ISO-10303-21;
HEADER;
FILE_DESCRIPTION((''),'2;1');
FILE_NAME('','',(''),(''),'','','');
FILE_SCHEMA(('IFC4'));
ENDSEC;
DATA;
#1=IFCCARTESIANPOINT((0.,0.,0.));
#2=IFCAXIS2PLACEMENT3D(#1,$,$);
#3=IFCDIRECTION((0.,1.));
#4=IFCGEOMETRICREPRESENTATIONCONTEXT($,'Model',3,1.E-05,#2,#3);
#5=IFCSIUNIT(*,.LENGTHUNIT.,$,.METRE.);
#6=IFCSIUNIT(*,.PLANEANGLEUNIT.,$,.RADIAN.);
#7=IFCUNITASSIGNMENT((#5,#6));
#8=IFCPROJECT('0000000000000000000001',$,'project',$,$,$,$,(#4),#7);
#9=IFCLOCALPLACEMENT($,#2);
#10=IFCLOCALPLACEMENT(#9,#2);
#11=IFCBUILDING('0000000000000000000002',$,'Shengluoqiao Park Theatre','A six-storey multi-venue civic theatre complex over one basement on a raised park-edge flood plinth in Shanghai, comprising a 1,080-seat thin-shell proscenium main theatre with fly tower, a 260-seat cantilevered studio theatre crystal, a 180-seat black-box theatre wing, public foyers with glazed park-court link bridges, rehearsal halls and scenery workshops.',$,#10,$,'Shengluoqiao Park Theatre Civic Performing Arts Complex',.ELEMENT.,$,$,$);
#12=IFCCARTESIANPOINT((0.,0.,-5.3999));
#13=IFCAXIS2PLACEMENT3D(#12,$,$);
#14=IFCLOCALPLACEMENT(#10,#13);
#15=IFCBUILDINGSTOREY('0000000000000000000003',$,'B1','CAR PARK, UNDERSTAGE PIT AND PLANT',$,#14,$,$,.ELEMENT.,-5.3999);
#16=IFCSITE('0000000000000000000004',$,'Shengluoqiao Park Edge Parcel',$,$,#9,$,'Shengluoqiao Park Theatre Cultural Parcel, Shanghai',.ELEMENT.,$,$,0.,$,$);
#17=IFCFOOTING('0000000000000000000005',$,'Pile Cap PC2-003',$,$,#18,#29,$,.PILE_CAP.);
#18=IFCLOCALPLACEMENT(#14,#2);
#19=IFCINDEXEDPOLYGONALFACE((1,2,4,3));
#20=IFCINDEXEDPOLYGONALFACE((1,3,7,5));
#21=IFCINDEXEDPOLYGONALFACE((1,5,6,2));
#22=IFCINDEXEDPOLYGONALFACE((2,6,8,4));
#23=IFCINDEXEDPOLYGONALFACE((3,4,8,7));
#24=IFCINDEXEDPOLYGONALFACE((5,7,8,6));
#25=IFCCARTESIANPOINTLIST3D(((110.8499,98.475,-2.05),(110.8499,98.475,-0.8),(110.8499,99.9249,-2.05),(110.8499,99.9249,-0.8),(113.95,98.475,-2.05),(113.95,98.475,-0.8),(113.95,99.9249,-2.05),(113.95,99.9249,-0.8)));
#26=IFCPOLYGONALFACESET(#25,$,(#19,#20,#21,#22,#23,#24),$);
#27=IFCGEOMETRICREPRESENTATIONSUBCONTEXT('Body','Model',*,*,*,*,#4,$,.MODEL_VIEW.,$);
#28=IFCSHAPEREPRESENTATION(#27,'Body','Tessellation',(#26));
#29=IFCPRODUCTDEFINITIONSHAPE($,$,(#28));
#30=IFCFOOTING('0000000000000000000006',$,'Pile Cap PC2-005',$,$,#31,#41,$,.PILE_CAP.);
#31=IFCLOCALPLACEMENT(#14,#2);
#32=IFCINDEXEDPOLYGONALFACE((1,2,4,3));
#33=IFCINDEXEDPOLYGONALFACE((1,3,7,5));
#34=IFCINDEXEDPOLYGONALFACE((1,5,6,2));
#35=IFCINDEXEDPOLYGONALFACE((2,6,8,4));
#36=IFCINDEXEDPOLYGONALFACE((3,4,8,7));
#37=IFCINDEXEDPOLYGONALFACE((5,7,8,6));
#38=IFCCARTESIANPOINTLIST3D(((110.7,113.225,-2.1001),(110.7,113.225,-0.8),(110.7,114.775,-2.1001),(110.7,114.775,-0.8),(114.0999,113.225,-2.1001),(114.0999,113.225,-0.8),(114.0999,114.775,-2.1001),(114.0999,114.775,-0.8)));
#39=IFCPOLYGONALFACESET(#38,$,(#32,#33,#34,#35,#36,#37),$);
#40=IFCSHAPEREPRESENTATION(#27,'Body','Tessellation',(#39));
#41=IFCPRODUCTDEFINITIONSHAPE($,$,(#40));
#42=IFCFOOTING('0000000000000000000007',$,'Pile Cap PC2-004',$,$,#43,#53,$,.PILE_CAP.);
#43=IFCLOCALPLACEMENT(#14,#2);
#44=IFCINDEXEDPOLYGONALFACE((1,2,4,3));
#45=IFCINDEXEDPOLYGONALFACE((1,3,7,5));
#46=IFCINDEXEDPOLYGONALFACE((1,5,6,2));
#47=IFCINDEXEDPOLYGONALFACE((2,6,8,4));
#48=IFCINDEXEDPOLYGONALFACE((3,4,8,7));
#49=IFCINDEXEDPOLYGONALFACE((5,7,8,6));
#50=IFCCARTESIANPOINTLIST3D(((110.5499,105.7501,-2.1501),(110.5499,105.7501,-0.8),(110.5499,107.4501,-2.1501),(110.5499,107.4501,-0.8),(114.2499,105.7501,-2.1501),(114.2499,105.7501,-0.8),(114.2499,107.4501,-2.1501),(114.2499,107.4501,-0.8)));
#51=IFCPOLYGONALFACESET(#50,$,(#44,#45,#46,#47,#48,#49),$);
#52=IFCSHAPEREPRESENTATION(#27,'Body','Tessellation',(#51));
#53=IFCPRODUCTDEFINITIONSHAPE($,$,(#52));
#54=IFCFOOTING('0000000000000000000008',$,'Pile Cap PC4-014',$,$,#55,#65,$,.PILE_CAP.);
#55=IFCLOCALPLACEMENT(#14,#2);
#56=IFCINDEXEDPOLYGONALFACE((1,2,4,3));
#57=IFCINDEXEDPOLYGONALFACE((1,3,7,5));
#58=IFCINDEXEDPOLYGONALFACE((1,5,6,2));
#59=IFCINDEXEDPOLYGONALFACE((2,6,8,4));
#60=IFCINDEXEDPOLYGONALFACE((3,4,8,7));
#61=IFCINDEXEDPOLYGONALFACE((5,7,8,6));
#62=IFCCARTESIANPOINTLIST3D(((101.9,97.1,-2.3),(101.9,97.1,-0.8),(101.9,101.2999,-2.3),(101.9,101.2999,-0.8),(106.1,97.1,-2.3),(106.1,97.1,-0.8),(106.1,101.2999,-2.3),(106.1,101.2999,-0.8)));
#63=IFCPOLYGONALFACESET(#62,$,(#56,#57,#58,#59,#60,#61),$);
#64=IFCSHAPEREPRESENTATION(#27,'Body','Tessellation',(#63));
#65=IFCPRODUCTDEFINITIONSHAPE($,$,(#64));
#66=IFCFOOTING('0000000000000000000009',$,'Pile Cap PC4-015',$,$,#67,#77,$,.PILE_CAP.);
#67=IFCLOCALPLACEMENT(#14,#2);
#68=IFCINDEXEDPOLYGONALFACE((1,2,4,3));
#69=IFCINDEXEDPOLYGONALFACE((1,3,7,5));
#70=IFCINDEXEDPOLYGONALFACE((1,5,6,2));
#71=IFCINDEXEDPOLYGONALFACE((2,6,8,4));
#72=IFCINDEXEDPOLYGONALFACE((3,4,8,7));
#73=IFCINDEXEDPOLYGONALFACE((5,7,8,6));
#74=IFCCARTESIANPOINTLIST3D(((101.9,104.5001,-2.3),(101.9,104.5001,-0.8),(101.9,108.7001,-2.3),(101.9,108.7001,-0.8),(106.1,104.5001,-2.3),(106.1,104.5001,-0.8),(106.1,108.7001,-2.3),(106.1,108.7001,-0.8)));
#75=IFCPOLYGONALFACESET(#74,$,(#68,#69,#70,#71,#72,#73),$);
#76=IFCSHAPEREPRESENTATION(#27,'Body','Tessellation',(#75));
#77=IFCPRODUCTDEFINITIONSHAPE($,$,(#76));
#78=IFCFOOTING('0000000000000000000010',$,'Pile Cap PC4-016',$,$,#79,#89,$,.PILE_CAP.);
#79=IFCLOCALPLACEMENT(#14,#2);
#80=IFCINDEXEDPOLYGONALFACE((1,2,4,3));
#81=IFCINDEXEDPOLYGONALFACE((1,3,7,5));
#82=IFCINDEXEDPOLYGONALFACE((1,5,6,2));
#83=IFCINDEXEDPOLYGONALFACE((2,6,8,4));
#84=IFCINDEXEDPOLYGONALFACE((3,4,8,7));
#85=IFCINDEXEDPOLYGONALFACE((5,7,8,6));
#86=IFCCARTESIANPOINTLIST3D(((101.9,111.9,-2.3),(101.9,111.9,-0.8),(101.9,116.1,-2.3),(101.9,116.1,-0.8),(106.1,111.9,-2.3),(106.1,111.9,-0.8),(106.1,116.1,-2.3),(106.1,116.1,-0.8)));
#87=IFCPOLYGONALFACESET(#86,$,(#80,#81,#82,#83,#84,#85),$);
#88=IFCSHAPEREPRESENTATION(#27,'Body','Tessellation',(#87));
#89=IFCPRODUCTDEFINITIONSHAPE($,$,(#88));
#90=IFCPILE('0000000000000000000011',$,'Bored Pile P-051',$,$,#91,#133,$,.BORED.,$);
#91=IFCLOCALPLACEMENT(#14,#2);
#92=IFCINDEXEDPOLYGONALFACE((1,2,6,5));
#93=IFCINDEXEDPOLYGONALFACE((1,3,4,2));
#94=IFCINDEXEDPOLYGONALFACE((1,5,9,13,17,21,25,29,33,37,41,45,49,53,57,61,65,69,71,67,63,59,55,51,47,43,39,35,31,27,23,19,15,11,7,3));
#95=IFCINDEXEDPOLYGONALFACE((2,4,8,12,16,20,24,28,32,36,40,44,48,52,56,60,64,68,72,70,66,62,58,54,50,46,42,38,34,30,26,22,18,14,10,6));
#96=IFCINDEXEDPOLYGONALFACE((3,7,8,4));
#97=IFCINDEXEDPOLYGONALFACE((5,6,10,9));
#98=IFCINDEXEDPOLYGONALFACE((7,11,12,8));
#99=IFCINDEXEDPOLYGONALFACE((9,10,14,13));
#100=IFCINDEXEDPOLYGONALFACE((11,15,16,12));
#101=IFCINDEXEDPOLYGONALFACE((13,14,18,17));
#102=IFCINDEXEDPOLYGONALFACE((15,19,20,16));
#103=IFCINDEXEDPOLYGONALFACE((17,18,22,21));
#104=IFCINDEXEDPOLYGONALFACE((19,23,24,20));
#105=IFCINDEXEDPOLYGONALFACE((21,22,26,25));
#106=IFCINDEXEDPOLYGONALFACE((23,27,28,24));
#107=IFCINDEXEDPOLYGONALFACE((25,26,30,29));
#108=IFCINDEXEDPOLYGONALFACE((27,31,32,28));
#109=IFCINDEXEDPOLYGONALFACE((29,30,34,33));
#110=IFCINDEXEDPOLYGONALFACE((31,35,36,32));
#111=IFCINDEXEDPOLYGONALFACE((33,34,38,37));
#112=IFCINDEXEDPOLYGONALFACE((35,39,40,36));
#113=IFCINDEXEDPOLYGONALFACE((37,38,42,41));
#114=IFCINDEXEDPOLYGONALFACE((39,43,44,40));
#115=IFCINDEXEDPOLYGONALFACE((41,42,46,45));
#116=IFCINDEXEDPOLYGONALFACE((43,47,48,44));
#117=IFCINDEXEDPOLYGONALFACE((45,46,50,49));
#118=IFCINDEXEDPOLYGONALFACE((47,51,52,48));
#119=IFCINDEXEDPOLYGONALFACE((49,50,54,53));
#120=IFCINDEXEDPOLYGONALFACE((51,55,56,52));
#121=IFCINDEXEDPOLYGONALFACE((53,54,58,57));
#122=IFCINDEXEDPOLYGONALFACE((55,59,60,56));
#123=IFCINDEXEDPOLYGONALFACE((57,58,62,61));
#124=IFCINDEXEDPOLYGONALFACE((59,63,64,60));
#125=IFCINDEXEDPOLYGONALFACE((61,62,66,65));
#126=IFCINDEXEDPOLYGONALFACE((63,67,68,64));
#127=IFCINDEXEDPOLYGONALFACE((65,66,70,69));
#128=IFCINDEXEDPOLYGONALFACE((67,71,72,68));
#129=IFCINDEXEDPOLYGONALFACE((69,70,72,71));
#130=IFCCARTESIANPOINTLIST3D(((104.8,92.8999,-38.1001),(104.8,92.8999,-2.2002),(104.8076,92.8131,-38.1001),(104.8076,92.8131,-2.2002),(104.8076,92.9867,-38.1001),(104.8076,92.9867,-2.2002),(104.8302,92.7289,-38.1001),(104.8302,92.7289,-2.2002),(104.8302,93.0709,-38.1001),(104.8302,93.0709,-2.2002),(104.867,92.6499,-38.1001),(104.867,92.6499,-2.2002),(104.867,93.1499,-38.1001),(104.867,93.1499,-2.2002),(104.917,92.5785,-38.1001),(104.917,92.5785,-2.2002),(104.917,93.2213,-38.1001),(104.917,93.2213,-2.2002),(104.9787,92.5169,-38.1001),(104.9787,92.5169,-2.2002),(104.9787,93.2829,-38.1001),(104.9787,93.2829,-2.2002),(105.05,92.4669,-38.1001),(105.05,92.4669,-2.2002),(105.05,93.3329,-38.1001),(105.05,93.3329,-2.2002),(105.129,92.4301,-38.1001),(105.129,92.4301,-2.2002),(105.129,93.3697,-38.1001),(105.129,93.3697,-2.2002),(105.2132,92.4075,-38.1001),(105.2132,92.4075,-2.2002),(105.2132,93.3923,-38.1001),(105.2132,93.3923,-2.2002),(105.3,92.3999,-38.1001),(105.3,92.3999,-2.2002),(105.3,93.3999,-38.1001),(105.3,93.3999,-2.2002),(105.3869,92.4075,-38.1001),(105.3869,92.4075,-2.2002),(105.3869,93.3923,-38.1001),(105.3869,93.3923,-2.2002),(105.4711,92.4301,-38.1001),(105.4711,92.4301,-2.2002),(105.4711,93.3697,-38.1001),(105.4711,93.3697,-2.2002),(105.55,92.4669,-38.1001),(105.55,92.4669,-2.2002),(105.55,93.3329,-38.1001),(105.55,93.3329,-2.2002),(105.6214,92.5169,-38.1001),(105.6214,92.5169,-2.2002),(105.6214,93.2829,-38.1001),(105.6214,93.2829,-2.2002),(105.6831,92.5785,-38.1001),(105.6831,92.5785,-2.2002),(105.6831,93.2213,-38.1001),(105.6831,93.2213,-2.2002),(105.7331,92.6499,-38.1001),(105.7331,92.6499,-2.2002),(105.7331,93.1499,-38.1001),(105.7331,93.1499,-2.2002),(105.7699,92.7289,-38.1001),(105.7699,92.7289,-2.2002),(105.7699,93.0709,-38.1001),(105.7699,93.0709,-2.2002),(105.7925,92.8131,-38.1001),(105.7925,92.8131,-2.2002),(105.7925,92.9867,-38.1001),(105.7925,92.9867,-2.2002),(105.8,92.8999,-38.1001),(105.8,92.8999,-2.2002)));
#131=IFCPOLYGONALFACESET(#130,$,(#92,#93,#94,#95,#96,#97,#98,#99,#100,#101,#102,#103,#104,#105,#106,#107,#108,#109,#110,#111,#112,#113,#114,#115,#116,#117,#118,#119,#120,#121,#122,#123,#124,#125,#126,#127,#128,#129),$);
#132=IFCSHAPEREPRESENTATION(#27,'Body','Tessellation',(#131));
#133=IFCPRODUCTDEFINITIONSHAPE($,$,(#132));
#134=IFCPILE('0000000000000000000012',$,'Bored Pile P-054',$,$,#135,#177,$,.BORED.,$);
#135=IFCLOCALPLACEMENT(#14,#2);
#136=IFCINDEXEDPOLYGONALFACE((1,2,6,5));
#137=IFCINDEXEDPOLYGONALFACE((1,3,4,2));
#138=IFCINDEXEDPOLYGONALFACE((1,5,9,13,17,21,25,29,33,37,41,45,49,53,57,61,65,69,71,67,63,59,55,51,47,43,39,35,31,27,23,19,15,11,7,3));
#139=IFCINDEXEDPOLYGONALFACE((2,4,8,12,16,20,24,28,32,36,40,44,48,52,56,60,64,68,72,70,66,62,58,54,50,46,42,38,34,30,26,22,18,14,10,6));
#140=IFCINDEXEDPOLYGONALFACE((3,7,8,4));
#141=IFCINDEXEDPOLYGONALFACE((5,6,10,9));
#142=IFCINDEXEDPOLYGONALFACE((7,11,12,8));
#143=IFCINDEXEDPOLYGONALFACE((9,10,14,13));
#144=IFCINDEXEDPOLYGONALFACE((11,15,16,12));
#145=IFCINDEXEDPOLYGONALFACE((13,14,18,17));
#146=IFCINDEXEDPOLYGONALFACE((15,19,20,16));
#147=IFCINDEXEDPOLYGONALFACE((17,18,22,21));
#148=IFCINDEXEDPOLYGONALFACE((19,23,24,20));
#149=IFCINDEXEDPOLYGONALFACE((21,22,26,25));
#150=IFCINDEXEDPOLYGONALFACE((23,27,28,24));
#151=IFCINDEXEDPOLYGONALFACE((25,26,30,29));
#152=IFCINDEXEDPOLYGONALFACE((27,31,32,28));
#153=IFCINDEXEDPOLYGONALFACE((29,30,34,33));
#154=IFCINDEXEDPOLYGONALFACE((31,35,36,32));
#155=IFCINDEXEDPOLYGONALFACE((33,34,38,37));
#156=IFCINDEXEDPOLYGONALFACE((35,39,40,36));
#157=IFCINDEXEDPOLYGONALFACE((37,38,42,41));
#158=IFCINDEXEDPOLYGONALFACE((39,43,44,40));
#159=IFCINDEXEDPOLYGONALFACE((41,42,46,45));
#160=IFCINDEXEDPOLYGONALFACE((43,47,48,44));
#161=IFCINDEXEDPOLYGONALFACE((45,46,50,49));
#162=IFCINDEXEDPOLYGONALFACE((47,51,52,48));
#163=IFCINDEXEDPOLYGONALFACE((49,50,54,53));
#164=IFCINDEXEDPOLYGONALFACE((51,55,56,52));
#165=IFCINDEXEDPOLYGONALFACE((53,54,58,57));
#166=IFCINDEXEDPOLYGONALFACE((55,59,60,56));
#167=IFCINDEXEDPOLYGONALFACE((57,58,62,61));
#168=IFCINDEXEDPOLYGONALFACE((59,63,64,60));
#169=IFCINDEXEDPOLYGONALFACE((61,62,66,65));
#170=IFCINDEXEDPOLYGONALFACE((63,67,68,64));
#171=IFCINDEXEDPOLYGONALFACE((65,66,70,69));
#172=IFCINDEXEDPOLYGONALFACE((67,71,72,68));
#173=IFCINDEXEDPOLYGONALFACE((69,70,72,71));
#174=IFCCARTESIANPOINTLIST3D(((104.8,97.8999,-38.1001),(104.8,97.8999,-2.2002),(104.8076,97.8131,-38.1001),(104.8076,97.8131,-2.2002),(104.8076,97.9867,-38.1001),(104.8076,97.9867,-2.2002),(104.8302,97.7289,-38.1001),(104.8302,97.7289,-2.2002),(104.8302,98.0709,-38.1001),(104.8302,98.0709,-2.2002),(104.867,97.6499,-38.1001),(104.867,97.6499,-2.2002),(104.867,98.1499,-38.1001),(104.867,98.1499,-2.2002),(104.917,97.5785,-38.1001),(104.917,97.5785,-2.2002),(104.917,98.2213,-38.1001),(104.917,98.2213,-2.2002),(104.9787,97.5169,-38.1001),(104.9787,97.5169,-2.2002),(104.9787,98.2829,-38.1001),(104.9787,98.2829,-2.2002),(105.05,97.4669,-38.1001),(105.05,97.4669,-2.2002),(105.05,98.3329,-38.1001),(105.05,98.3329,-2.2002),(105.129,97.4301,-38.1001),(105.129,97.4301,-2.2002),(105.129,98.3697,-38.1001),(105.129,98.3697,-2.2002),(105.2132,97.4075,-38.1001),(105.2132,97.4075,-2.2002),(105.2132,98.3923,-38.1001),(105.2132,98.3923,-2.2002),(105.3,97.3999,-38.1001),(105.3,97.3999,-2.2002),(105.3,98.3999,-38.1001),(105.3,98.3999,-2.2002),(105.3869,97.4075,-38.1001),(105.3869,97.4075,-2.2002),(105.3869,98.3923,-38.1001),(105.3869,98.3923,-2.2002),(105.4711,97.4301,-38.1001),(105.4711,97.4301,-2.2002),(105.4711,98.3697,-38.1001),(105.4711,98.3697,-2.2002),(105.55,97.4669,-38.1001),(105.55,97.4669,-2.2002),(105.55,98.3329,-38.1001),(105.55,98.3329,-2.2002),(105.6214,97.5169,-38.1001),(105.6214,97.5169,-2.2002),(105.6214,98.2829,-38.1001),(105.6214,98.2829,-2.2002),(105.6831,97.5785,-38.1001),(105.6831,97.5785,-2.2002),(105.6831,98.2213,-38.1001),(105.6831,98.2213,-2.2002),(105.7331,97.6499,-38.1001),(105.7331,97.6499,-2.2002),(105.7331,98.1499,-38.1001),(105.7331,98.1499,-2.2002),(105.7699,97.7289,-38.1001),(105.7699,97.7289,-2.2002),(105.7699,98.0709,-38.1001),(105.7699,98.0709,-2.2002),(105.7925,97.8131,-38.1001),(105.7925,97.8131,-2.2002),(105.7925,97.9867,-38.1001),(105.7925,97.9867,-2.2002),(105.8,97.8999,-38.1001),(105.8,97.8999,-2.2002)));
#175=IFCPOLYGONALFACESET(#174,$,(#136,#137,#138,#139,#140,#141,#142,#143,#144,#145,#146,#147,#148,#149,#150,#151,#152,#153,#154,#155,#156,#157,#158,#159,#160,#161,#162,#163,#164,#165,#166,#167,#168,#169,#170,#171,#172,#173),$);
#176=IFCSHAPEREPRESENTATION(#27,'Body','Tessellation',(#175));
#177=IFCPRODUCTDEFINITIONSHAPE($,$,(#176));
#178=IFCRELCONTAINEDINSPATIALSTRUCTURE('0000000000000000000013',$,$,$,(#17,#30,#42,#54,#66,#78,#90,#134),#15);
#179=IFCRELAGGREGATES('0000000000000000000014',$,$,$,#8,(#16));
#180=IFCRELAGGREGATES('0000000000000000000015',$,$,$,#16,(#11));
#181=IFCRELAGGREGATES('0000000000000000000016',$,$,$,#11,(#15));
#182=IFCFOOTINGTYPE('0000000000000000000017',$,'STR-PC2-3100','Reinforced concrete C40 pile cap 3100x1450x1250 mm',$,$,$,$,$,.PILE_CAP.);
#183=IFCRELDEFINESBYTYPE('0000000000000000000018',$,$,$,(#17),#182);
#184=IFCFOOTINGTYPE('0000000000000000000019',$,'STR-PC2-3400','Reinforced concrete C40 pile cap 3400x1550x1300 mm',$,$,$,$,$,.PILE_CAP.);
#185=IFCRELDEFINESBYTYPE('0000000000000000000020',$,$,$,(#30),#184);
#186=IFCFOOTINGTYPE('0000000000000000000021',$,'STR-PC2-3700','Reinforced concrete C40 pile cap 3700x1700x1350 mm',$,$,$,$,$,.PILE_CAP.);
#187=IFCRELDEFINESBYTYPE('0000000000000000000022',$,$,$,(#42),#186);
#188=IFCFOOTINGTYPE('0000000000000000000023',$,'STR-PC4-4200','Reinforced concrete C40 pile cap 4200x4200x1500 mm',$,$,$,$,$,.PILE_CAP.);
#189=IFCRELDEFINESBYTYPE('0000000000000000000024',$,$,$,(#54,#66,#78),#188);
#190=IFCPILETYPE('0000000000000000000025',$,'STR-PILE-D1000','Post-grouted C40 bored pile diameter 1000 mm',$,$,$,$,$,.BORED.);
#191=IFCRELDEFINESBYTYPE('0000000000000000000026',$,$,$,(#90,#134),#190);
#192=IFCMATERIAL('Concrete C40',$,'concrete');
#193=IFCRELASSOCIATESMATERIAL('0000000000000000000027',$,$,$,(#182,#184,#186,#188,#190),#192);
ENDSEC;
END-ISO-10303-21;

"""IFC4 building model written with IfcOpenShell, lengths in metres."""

from ifc_helpers import new_model, si_unit, direction, frame, origin, origin_2d, place, context, subcontext, project, spatial, rectangle, circle, extrude, material, material_profile, profile_set, type_object, element, save


model = new_model("IFC4")

# Units and contexts
model_context = context("Model", 3, precision=1e-05, world=origin(), true_north=direction((0.0, 1.0)))
body_context = subcontext(model_context, "Body", "Model", "MODEL_VIEW")
ifc_project = project(units=[si_unit("LENGTHUNIT", "METRE"), si_unit("PLANEANGLEUNIT", "RADIAN")], contexts=[model_context])

# Site, building, storey
site_placement = place(None, origin())
site = spatial("IfcSite", under=ifc_project, at=site_placement, Name="Shengluoqiao Park Edge Parcel", LongName="Shengluoqiao Park Theatre Cultural Parcel, Shanghai", CompositionType="ELEMENT", RefElevation=0.0)
building_placement = place(site_placement, origin())
building = spatial("IfcBuilding", under=site, at=building_placement, Name="Shengluoqiao Park Theatre", Description="A six-storey multi-venue civic theatre complex over one basement on a raised park-edge flood plinth in Shanghai, comprising a 1,080-seat thin-shell proscenium main theatre with fly tower, a 260-seat cantilevered studio theatre crystal, a 180-seat black-box theatre wing, public foyers with glazed park-court link bridges, rehearsal halls and scenery workshops.", LongName="Shengluoqiao Park Theatre Civic Performing Arts Complex", CompositionType="ELEMENT")
storey_placement = place(building_placement, frame((0.0, 0.0, -5.3999)))
storey = spatial("IfcBuildingStorey", under=building, at=storey_placement, Name="B1", Description="CAR PARK, UNDERSTAGE PIT AND PLANT", CompositionType="ELEMENT", Elevation=-5.3999)

# Footings
ifc_material_1 = material(Name="Concrete C40", Category="concrete")
footing_type_1 = type_object("IfcFootingType", Name="STR-PC2-3100", Description="Reinforced concrete C40 pile cap 3100x1450x1250 mm", PredefinedType="PILE_CAP", material=ifc_material_1)
footing_1_placement = place(storey_placement, frame((112.3999, 99.2, -2.05), z_axis=(0.0, 0.0, 1.0), x_axis=(1.0, 0.0, 0.0)))
element("IfcFooting", 1, at=footing_1_placement, inside=storey, type_object=footing_type_1, Name="Pile Cap PC2-003", PredefinedType="PILE_CAP", context=body_context, shape_type="SweptSolid", body=[
    extrude(rectangle(XDim=3.1001, YDim=1.45, at=origin_2d()), origin(), (0.0, 0.0, 1.0), 1.25),
])
footing_type_2 = type_object("IfcFootingType", Name="STR-PC2-3400", Description="Reinforced concrete C40 pile cap 3400x1550x1300 mm", PredefinedType="PILE_CAP", material=ifc_material_1)
footing_2_placement = place(storey_placement, frame((112.3999, 114.0, -2.1001), z_axis=(0.0, 0.0, 1.0), x_axis=(1.0, 0.0, 0.0)))
element("IfcFooting", 2, at=footing_2_placement, inside=storey, type_object=footing_type_2, Name="Pile Cap PC2-005", PredefinedType="PILE_CAP", context=body_context, shape_type="SweptSolid", body=[
    extrude(rectangle(XDim=3.3999, YDim=1.55, at=origin_2d()), origin(), (0.0, 0.0, 1.0), 1.3),
])
footing_type_3 = type_object("IfcFootingType", Name="STR-PC2-3700", Description="Reinforced concrete C40 pile cap 3700x1700x1350 mm", PredefinedType="PILE_CAP", material=ifc_material_1)
footing_3_placement = place(storey_placement, frame((112.3999, 106.6001, -2.1501), z_axis=(0.0, 0.0, 1.0), x_axis=(1.0, 0.0, 0.0)))
element("IfcFooting", 3, at=footing_3_placement, inside=storey, type_object=footing_type_3, Name="Pile Cap PC2-004", PredefinedType="PILE_CAP", context=body_context, shape_type="SweptSolid", body=[
    extrude(rectangle(XDim=3.7, YDim=1.7, at=origin_2d()), origin(), (0.0, 0.0, 1.0), 1.3501),
])
footing_type_4 = type_object("IfcFootingType", Name="STR-PC4-4200", Description="Reinforced concrete C40 pile cap 4200x4200x1500 mm", PredefinedType="PILE_CAP", material=ifc_material_1)
for number, where, z_axis, x_axis, name in (
    (4, (104.0, 99.2, -2.3), (0.0, 0.0, 1.0), (1.0, 0.0, 0.0), "Pile Cap PC4-014"),
    (5, (104.0, 106.6001, -2.3), (0.0, 0.0, 1.0), (1.0, 0.0, 0.0), "Pile Cap PC4-015"),
    (6, (104.0, 114.0, -2.3), (0.0, 0.0, 1.0), (1.0, 0.0, 0.0), "Pile Cap PC4-016"),
):
    element("IfcFooting", number, at=place(storey_placement, frame(where, z_axis=z_axis, x_axis=x_axis)), inside=storey, type_object=footing_type_4, Name=name, PredefinedType="PILE_CAP", context=body_context, shape_type="SweptSolid", body=[
        extrude(rectangle(XDim=4.2, YDim=4.2, at=origin_2d()), origin(), (0.0, 0.0, 1.0), 1.5),
    ])

# Piles
ifc_material_profile_1 = material_profile(ifc_material_1, circle(Radius=0.5, at=origin_2d()), Name="BORED PILE D1000")
ifc_profile_set_1 = profile_set([ifc_material_profile_1], Name="Concrete C40")
pile_type_1 = type_object("IfcPileType", Name="STR-PILE-D1000", Description="Post-grouted C40 bored pile diameter 1000 mm", PredefinedType="BORED", material=ifc_profile_set_1)
for number, where, z_axis, x_axis, name in (
    (7, (105.3, 92.8999, -2.2002), (0.0, 0.0, -1.0), (1.0, 0.0, 0.0), "Bored Pile P-051"),
    (8, (105.3, 97.8999, -2.2002), (0.0, 0.0, -1.0), (1.0, 0.0, 0.0), "Bored Pile P-054"),
):
    element("IfcPile", number, at=place(storey_placement, frame(where, z_axis=z_axis, x_axis=x_axis)), inside=storey, type_object=pile_type_1, Name=name, PredefinedType="BORED", context=body_context, shape_type="SweptSolid", body=[
        extrude(circle(Radius=0.5, at=origin_2d()), origin(), (0.0, 0.0, 1.0), 35.8999),
    ])

save(model, "model.ifc")
